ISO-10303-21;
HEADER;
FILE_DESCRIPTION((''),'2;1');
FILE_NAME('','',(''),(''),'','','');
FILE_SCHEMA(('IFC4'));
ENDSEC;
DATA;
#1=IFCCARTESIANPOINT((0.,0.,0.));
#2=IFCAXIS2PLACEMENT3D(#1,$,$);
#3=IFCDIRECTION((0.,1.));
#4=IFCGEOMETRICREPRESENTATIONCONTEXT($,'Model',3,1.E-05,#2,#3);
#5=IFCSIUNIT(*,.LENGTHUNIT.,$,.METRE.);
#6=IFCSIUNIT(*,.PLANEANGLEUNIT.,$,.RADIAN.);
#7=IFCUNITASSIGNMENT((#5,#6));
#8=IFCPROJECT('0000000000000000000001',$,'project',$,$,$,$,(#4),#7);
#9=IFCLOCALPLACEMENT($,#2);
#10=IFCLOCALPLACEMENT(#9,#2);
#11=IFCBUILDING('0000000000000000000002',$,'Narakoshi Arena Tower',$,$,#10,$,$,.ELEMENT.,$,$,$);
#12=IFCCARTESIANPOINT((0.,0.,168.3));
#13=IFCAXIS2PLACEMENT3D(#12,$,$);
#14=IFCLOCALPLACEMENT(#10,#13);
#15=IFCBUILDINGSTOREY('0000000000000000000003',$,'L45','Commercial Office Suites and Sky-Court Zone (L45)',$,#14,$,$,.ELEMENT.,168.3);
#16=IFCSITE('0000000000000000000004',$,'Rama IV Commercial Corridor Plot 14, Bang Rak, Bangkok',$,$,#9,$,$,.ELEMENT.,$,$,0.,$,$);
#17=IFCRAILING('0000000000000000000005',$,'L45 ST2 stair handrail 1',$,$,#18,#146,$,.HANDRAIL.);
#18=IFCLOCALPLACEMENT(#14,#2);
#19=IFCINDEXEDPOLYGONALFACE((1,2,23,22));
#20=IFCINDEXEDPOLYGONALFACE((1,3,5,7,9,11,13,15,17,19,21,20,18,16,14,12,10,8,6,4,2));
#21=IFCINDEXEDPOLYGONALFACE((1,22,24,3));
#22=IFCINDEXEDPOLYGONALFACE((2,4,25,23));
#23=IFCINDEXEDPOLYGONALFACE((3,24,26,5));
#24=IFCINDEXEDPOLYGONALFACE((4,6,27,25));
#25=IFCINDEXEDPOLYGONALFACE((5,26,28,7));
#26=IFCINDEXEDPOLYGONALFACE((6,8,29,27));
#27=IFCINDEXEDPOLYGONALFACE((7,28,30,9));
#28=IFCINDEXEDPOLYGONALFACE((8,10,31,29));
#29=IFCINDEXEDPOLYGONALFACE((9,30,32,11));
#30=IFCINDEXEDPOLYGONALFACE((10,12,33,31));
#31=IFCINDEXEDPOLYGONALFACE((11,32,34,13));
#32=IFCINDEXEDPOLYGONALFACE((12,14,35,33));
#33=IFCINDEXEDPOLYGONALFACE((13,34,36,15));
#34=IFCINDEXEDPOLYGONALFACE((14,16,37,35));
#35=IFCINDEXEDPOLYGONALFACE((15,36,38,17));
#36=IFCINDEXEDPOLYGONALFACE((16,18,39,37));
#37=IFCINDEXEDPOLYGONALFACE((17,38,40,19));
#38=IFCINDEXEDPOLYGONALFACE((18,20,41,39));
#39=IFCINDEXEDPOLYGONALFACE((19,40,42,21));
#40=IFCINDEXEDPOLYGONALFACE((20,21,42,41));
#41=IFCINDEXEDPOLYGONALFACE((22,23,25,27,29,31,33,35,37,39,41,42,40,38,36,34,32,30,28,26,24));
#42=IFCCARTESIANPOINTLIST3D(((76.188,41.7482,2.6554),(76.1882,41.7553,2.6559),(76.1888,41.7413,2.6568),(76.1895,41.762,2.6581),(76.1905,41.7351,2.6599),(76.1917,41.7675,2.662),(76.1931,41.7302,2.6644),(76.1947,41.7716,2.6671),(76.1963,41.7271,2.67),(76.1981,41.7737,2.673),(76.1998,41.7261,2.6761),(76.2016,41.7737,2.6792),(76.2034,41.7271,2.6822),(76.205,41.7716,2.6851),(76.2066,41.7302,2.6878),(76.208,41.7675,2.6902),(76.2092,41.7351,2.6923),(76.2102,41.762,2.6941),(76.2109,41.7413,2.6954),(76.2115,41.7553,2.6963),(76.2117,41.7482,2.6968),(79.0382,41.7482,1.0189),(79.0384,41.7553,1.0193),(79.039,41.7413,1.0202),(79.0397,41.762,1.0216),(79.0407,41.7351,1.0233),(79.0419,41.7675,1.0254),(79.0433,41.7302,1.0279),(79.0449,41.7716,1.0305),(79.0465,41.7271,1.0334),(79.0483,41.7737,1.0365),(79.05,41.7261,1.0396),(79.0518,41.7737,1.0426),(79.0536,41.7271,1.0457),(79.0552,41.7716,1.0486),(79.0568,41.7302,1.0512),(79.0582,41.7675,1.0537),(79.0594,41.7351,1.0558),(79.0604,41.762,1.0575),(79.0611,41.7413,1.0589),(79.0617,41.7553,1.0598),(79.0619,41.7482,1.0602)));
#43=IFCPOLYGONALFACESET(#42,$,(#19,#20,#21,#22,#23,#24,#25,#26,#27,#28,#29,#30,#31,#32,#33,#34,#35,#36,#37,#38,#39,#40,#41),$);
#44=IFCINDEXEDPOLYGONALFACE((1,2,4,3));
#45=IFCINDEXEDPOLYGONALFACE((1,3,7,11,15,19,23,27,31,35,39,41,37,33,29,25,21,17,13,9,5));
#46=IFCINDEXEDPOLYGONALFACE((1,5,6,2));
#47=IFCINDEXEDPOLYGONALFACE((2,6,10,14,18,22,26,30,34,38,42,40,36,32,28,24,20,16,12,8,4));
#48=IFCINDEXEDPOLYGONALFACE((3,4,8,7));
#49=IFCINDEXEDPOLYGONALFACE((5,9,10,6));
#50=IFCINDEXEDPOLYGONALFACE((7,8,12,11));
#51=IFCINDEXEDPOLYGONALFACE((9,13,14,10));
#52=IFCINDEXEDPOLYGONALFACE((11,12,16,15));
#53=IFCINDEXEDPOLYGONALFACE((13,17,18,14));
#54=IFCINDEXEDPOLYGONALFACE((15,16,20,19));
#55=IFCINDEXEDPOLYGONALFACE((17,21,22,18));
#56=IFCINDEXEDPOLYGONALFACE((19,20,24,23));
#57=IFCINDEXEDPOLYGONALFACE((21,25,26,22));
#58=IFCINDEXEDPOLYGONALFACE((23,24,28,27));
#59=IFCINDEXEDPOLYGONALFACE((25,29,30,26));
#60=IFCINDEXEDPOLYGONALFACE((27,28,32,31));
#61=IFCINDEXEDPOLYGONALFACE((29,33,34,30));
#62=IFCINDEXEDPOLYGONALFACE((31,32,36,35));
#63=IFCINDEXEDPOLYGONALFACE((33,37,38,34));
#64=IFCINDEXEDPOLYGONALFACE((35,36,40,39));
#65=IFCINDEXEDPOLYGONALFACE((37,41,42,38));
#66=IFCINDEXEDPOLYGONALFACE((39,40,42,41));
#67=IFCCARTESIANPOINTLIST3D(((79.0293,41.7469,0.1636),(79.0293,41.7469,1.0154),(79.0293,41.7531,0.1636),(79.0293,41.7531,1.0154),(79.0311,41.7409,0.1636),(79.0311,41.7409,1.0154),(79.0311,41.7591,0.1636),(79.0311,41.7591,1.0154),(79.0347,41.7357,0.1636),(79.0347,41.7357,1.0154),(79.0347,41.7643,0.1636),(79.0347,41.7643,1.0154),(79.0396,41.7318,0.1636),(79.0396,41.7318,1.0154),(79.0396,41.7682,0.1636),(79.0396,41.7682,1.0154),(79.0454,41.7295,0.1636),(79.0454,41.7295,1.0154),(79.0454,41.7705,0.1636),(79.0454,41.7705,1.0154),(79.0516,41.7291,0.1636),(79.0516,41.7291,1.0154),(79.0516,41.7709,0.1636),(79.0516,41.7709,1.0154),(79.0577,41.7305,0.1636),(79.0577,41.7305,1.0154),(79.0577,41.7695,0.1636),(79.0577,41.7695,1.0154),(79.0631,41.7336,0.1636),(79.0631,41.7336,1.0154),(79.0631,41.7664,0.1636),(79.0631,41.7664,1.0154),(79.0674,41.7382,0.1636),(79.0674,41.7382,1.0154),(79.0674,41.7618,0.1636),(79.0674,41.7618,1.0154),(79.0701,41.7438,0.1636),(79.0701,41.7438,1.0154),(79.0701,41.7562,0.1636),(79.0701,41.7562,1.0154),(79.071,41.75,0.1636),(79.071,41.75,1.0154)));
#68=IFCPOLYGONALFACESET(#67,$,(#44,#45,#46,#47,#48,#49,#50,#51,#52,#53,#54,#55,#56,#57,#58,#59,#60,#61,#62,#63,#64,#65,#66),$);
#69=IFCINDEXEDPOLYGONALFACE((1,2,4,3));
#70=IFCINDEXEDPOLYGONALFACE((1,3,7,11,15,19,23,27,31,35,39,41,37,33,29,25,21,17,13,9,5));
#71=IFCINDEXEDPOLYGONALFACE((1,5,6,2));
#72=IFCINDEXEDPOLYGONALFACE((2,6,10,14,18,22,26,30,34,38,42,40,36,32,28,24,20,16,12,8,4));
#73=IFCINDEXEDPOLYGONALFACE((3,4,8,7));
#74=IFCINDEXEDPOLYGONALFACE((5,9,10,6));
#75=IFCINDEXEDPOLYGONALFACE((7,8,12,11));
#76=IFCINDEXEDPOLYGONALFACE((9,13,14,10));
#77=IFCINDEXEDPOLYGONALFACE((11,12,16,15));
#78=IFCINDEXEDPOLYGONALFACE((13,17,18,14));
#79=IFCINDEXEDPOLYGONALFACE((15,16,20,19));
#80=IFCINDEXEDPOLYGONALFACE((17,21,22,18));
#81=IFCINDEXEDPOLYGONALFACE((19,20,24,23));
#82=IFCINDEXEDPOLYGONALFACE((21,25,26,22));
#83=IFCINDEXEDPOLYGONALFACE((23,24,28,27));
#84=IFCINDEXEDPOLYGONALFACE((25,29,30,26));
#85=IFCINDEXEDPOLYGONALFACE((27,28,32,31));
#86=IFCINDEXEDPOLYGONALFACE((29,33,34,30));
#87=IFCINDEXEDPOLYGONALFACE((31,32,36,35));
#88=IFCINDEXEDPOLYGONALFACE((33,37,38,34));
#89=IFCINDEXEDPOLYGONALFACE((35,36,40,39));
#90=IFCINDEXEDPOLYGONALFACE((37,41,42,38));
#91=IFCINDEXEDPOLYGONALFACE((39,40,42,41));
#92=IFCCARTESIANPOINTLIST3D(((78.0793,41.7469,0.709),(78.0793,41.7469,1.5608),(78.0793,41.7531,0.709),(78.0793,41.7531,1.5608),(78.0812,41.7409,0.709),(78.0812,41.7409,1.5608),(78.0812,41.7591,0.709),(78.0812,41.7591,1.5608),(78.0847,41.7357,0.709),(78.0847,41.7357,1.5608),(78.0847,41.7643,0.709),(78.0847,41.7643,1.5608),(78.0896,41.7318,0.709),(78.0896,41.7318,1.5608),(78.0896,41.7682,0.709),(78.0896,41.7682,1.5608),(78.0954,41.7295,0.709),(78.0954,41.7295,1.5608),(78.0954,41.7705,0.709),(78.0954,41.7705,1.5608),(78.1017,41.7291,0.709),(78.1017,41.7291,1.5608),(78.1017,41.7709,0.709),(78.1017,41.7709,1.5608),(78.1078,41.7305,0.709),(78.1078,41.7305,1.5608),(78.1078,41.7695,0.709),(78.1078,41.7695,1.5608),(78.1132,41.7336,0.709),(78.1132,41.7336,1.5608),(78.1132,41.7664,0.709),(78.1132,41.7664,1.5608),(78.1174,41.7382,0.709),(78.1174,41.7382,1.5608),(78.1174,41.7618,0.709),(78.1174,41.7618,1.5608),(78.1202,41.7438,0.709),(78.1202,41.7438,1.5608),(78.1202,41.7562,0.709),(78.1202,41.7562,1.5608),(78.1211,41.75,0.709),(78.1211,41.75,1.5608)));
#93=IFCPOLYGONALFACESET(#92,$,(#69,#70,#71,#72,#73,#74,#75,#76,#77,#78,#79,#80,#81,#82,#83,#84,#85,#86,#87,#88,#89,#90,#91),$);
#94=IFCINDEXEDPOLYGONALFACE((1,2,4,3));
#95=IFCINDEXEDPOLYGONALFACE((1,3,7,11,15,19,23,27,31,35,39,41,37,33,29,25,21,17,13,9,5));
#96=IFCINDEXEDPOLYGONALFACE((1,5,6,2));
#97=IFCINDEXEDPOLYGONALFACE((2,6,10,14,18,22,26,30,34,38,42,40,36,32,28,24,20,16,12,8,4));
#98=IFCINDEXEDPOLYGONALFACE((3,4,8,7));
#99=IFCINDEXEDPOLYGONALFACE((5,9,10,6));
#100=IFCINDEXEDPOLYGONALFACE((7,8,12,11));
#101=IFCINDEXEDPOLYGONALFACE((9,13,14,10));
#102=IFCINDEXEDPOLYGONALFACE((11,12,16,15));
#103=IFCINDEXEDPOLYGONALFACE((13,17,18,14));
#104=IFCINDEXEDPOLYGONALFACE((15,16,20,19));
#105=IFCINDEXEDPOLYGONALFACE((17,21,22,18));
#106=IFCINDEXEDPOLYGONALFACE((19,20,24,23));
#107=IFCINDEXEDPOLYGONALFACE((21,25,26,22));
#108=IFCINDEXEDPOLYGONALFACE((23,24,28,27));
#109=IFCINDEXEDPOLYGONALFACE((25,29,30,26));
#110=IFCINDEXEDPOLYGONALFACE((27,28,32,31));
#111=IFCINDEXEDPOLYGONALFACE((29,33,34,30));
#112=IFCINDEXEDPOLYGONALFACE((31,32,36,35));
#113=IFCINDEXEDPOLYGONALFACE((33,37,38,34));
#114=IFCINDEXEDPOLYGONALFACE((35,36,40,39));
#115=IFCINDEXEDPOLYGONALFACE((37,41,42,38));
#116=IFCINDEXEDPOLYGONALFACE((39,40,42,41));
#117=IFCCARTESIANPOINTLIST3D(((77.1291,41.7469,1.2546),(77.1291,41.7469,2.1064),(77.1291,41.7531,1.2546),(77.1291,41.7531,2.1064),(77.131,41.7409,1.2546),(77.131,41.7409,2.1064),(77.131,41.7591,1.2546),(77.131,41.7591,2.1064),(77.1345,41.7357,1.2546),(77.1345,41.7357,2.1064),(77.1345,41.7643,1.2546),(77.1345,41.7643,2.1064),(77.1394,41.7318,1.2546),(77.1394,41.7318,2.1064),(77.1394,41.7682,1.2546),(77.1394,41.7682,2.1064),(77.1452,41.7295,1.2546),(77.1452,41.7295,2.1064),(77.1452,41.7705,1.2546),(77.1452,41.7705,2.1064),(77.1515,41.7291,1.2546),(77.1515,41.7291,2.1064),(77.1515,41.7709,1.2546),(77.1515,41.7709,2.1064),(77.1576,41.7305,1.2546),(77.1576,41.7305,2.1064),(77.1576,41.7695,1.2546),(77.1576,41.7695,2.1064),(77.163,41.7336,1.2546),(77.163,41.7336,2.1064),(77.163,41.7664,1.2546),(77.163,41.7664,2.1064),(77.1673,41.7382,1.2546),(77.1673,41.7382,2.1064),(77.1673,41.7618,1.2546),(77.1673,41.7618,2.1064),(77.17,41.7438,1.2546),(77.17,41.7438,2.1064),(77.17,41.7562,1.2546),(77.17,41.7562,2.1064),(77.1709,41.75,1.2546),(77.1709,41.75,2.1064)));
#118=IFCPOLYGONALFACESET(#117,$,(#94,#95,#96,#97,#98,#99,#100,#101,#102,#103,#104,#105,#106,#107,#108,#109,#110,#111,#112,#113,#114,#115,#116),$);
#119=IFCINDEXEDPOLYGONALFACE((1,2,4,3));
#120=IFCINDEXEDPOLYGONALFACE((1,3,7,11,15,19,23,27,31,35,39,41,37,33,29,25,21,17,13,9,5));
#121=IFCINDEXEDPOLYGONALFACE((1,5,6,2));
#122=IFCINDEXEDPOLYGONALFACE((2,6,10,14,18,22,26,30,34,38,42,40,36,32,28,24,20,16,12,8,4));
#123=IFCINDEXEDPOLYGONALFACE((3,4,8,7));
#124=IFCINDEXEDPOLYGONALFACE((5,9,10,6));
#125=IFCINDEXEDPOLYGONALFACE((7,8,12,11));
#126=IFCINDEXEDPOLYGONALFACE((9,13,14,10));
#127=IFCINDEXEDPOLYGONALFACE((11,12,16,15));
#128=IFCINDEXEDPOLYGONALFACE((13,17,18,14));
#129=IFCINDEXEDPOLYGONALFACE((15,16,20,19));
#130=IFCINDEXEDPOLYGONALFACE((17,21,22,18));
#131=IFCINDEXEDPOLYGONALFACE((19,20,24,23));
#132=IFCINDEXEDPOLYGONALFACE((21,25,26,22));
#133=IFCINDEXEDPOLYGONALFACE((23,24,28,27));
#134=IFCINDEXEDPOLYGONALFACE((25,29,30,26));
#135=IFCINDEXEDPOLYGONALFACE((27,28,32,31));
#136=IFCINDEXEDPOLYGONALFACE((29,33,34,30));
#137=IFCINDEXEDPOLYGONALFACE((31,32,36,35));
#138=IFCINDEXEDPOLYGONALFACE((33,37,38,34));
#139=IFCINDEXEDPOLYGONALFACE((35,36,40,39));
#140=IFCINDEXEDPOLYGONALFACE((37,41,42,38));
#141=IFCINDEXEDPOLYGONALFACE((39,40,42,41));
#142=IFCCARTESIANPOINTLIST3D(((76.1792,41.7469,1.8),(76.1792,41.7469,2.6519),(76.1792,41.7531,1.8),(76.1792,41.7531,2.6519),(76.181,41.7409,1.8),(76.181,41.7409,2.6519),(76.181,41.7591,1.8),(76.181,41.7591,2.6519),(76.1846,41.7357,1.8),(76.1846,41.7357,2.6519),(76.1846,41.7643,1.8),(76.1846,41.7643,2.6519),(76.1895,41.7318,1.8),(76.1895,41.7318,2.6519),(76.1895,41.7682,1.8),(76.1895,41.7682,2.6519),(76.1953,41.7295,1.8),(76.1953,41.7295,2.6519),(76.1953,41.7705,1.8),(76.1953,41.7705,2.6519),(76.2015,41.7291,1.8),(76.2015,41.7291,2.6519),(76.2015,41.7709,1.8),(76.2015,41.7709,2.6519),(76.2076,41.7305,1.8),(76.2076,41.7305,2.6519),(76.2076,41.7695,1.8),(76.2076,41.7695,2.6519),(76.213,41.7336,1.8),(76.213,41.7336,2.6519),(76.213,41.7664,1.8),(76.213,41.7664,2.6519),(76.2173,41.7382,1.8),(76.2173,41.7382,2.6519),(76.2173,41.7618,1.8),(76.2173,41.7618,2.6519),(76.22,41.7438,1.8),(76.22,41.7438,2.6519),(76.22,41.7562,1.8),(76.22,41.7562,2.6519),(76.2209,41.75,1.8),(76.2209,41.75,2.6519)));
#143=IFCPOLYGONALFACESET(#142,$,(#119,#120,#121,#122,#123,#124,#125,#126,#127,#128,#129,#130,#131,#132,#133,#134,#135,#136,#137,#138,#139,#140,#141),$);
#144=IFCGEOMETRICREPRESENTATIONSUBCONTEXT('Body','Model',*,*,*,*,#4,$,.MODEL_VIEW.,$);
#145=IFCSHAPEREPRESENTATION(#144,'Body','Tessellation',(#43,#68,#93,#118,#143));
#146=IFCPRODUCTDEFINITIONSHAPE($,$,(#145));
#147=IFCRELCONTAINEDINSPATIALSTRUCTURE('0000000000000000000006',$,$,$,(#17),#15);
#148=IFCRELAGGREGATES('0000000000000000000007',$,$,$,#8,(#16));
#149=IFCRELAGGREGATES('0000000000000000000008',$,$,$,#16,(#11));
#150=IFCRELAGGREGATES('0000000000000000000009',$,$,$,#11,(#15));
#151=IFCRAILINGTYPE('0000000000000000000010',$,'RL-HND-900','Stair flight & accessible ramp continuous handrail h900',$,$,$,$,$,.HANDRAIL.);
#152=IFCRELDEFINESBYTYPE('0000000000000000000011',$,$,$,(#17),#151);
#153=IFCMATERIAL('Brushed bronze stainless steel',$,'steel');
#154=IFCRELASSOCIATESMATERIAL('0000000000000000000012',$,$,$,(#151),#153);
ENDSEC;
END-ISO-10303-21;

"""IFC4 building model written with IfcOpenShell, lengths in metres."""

from ifc_helpers import new_model, si_unit, direction, frame, origin, origin_2d, place, context, subcontext, project, spatial, circle, extrude, material, type_object, element, save


model = new_model("IFC4")

# Units and contexts
model_context = context("Model", 3, precision=1e-05, world=origin(), true_north=direction((0.0, 1.0)))
body_context = subcontext(model_context, "Body", "Model", "MODEL_VIEW")
ifc_project = project(units=[si_unit("LENGTHUNIT", "METRE"), si_unit("PLANEANGLEUNIT", "RADIAN")], contexts=[model_context])

# Site, building, storey
site_placement = place(None, origin())
site = spatial("IfcSite", under=ifc_project, at=site_placement, Name="Rama IV Commercial Corridor Plot 14, Bang Rak, Bangkok", CompositionType="ELEMENT", RefElevation=0.0)
building_placement = place(site_placement, origin())
building = spatial("IfcBuilding", under=site, at=building_placement, Name="Narakoshi Arena Tower", CompositionType="ELEMENT")
storey_placement = place(building_placement, frame((0.0, 0.0, 168.3)))
storey = spatial("IfcBuildingStorey", under=building, at=storey_placement, Name="L45", Description="Commercial Office Suites and Sky-Court Zone (L45)", CompositionType="ELEMENT", Elevation=168.3)

# Railing
ifc_material_1 = material(Name="Brushed bronze stainless steel", Category="steel")
railing_type_1 = type_object("IfcRailingType", Name="RL-HND-900", Description="Stair flight & accessible ramp continuous handrail h900", PredefinedType="HANDRAIL", material=ifc_material_1)
railing_1_placement = place(storey_placement, frame((79.05, 41.75, 0.1636)))
element("IfcRailing", 1, at=railing_1_placement, inside=storey, type_object=railing_type_1, Name="L45 ST2 stair handrail 1", PredefinedType="HANDRAIL", context=body_context, shape_type="SweptSolid", body=[
    extrude(circle(Radius=0.0239, at=origin_2d()), frame((0.0, 0.0, 0.876), z_axis=(-0.867213, 0.0, 0.497938), x_axis=(0.0, -1.0, 0.0)), (0.0, 0.0, 1.0), 3.2866),
    extrude(circle(Radius=0.021, at=origin_2d()), origin(), (0.0, 0.0, 1.0), 0.8518),
    extrude(circle(Radius=0.021, at=origin_2d()), frame((-0.95, 0.0, 0.5454)), (0.0, 0.0, 1.0), 0.8518),
    extrude(circle(Radius=0.021, at=origin_2d()), frame((-1.9001, 0.0, 1.0911)), (0.0, 0.0, 1.0), 0.8518),
    extrude(circle(Radius=0.021, at=origin_2d()), frame((-2.8501, 0.0, 1.6365)), (0.0, 0.0, 1.0), 0.8518),
])

save(model, "model.ifc")
